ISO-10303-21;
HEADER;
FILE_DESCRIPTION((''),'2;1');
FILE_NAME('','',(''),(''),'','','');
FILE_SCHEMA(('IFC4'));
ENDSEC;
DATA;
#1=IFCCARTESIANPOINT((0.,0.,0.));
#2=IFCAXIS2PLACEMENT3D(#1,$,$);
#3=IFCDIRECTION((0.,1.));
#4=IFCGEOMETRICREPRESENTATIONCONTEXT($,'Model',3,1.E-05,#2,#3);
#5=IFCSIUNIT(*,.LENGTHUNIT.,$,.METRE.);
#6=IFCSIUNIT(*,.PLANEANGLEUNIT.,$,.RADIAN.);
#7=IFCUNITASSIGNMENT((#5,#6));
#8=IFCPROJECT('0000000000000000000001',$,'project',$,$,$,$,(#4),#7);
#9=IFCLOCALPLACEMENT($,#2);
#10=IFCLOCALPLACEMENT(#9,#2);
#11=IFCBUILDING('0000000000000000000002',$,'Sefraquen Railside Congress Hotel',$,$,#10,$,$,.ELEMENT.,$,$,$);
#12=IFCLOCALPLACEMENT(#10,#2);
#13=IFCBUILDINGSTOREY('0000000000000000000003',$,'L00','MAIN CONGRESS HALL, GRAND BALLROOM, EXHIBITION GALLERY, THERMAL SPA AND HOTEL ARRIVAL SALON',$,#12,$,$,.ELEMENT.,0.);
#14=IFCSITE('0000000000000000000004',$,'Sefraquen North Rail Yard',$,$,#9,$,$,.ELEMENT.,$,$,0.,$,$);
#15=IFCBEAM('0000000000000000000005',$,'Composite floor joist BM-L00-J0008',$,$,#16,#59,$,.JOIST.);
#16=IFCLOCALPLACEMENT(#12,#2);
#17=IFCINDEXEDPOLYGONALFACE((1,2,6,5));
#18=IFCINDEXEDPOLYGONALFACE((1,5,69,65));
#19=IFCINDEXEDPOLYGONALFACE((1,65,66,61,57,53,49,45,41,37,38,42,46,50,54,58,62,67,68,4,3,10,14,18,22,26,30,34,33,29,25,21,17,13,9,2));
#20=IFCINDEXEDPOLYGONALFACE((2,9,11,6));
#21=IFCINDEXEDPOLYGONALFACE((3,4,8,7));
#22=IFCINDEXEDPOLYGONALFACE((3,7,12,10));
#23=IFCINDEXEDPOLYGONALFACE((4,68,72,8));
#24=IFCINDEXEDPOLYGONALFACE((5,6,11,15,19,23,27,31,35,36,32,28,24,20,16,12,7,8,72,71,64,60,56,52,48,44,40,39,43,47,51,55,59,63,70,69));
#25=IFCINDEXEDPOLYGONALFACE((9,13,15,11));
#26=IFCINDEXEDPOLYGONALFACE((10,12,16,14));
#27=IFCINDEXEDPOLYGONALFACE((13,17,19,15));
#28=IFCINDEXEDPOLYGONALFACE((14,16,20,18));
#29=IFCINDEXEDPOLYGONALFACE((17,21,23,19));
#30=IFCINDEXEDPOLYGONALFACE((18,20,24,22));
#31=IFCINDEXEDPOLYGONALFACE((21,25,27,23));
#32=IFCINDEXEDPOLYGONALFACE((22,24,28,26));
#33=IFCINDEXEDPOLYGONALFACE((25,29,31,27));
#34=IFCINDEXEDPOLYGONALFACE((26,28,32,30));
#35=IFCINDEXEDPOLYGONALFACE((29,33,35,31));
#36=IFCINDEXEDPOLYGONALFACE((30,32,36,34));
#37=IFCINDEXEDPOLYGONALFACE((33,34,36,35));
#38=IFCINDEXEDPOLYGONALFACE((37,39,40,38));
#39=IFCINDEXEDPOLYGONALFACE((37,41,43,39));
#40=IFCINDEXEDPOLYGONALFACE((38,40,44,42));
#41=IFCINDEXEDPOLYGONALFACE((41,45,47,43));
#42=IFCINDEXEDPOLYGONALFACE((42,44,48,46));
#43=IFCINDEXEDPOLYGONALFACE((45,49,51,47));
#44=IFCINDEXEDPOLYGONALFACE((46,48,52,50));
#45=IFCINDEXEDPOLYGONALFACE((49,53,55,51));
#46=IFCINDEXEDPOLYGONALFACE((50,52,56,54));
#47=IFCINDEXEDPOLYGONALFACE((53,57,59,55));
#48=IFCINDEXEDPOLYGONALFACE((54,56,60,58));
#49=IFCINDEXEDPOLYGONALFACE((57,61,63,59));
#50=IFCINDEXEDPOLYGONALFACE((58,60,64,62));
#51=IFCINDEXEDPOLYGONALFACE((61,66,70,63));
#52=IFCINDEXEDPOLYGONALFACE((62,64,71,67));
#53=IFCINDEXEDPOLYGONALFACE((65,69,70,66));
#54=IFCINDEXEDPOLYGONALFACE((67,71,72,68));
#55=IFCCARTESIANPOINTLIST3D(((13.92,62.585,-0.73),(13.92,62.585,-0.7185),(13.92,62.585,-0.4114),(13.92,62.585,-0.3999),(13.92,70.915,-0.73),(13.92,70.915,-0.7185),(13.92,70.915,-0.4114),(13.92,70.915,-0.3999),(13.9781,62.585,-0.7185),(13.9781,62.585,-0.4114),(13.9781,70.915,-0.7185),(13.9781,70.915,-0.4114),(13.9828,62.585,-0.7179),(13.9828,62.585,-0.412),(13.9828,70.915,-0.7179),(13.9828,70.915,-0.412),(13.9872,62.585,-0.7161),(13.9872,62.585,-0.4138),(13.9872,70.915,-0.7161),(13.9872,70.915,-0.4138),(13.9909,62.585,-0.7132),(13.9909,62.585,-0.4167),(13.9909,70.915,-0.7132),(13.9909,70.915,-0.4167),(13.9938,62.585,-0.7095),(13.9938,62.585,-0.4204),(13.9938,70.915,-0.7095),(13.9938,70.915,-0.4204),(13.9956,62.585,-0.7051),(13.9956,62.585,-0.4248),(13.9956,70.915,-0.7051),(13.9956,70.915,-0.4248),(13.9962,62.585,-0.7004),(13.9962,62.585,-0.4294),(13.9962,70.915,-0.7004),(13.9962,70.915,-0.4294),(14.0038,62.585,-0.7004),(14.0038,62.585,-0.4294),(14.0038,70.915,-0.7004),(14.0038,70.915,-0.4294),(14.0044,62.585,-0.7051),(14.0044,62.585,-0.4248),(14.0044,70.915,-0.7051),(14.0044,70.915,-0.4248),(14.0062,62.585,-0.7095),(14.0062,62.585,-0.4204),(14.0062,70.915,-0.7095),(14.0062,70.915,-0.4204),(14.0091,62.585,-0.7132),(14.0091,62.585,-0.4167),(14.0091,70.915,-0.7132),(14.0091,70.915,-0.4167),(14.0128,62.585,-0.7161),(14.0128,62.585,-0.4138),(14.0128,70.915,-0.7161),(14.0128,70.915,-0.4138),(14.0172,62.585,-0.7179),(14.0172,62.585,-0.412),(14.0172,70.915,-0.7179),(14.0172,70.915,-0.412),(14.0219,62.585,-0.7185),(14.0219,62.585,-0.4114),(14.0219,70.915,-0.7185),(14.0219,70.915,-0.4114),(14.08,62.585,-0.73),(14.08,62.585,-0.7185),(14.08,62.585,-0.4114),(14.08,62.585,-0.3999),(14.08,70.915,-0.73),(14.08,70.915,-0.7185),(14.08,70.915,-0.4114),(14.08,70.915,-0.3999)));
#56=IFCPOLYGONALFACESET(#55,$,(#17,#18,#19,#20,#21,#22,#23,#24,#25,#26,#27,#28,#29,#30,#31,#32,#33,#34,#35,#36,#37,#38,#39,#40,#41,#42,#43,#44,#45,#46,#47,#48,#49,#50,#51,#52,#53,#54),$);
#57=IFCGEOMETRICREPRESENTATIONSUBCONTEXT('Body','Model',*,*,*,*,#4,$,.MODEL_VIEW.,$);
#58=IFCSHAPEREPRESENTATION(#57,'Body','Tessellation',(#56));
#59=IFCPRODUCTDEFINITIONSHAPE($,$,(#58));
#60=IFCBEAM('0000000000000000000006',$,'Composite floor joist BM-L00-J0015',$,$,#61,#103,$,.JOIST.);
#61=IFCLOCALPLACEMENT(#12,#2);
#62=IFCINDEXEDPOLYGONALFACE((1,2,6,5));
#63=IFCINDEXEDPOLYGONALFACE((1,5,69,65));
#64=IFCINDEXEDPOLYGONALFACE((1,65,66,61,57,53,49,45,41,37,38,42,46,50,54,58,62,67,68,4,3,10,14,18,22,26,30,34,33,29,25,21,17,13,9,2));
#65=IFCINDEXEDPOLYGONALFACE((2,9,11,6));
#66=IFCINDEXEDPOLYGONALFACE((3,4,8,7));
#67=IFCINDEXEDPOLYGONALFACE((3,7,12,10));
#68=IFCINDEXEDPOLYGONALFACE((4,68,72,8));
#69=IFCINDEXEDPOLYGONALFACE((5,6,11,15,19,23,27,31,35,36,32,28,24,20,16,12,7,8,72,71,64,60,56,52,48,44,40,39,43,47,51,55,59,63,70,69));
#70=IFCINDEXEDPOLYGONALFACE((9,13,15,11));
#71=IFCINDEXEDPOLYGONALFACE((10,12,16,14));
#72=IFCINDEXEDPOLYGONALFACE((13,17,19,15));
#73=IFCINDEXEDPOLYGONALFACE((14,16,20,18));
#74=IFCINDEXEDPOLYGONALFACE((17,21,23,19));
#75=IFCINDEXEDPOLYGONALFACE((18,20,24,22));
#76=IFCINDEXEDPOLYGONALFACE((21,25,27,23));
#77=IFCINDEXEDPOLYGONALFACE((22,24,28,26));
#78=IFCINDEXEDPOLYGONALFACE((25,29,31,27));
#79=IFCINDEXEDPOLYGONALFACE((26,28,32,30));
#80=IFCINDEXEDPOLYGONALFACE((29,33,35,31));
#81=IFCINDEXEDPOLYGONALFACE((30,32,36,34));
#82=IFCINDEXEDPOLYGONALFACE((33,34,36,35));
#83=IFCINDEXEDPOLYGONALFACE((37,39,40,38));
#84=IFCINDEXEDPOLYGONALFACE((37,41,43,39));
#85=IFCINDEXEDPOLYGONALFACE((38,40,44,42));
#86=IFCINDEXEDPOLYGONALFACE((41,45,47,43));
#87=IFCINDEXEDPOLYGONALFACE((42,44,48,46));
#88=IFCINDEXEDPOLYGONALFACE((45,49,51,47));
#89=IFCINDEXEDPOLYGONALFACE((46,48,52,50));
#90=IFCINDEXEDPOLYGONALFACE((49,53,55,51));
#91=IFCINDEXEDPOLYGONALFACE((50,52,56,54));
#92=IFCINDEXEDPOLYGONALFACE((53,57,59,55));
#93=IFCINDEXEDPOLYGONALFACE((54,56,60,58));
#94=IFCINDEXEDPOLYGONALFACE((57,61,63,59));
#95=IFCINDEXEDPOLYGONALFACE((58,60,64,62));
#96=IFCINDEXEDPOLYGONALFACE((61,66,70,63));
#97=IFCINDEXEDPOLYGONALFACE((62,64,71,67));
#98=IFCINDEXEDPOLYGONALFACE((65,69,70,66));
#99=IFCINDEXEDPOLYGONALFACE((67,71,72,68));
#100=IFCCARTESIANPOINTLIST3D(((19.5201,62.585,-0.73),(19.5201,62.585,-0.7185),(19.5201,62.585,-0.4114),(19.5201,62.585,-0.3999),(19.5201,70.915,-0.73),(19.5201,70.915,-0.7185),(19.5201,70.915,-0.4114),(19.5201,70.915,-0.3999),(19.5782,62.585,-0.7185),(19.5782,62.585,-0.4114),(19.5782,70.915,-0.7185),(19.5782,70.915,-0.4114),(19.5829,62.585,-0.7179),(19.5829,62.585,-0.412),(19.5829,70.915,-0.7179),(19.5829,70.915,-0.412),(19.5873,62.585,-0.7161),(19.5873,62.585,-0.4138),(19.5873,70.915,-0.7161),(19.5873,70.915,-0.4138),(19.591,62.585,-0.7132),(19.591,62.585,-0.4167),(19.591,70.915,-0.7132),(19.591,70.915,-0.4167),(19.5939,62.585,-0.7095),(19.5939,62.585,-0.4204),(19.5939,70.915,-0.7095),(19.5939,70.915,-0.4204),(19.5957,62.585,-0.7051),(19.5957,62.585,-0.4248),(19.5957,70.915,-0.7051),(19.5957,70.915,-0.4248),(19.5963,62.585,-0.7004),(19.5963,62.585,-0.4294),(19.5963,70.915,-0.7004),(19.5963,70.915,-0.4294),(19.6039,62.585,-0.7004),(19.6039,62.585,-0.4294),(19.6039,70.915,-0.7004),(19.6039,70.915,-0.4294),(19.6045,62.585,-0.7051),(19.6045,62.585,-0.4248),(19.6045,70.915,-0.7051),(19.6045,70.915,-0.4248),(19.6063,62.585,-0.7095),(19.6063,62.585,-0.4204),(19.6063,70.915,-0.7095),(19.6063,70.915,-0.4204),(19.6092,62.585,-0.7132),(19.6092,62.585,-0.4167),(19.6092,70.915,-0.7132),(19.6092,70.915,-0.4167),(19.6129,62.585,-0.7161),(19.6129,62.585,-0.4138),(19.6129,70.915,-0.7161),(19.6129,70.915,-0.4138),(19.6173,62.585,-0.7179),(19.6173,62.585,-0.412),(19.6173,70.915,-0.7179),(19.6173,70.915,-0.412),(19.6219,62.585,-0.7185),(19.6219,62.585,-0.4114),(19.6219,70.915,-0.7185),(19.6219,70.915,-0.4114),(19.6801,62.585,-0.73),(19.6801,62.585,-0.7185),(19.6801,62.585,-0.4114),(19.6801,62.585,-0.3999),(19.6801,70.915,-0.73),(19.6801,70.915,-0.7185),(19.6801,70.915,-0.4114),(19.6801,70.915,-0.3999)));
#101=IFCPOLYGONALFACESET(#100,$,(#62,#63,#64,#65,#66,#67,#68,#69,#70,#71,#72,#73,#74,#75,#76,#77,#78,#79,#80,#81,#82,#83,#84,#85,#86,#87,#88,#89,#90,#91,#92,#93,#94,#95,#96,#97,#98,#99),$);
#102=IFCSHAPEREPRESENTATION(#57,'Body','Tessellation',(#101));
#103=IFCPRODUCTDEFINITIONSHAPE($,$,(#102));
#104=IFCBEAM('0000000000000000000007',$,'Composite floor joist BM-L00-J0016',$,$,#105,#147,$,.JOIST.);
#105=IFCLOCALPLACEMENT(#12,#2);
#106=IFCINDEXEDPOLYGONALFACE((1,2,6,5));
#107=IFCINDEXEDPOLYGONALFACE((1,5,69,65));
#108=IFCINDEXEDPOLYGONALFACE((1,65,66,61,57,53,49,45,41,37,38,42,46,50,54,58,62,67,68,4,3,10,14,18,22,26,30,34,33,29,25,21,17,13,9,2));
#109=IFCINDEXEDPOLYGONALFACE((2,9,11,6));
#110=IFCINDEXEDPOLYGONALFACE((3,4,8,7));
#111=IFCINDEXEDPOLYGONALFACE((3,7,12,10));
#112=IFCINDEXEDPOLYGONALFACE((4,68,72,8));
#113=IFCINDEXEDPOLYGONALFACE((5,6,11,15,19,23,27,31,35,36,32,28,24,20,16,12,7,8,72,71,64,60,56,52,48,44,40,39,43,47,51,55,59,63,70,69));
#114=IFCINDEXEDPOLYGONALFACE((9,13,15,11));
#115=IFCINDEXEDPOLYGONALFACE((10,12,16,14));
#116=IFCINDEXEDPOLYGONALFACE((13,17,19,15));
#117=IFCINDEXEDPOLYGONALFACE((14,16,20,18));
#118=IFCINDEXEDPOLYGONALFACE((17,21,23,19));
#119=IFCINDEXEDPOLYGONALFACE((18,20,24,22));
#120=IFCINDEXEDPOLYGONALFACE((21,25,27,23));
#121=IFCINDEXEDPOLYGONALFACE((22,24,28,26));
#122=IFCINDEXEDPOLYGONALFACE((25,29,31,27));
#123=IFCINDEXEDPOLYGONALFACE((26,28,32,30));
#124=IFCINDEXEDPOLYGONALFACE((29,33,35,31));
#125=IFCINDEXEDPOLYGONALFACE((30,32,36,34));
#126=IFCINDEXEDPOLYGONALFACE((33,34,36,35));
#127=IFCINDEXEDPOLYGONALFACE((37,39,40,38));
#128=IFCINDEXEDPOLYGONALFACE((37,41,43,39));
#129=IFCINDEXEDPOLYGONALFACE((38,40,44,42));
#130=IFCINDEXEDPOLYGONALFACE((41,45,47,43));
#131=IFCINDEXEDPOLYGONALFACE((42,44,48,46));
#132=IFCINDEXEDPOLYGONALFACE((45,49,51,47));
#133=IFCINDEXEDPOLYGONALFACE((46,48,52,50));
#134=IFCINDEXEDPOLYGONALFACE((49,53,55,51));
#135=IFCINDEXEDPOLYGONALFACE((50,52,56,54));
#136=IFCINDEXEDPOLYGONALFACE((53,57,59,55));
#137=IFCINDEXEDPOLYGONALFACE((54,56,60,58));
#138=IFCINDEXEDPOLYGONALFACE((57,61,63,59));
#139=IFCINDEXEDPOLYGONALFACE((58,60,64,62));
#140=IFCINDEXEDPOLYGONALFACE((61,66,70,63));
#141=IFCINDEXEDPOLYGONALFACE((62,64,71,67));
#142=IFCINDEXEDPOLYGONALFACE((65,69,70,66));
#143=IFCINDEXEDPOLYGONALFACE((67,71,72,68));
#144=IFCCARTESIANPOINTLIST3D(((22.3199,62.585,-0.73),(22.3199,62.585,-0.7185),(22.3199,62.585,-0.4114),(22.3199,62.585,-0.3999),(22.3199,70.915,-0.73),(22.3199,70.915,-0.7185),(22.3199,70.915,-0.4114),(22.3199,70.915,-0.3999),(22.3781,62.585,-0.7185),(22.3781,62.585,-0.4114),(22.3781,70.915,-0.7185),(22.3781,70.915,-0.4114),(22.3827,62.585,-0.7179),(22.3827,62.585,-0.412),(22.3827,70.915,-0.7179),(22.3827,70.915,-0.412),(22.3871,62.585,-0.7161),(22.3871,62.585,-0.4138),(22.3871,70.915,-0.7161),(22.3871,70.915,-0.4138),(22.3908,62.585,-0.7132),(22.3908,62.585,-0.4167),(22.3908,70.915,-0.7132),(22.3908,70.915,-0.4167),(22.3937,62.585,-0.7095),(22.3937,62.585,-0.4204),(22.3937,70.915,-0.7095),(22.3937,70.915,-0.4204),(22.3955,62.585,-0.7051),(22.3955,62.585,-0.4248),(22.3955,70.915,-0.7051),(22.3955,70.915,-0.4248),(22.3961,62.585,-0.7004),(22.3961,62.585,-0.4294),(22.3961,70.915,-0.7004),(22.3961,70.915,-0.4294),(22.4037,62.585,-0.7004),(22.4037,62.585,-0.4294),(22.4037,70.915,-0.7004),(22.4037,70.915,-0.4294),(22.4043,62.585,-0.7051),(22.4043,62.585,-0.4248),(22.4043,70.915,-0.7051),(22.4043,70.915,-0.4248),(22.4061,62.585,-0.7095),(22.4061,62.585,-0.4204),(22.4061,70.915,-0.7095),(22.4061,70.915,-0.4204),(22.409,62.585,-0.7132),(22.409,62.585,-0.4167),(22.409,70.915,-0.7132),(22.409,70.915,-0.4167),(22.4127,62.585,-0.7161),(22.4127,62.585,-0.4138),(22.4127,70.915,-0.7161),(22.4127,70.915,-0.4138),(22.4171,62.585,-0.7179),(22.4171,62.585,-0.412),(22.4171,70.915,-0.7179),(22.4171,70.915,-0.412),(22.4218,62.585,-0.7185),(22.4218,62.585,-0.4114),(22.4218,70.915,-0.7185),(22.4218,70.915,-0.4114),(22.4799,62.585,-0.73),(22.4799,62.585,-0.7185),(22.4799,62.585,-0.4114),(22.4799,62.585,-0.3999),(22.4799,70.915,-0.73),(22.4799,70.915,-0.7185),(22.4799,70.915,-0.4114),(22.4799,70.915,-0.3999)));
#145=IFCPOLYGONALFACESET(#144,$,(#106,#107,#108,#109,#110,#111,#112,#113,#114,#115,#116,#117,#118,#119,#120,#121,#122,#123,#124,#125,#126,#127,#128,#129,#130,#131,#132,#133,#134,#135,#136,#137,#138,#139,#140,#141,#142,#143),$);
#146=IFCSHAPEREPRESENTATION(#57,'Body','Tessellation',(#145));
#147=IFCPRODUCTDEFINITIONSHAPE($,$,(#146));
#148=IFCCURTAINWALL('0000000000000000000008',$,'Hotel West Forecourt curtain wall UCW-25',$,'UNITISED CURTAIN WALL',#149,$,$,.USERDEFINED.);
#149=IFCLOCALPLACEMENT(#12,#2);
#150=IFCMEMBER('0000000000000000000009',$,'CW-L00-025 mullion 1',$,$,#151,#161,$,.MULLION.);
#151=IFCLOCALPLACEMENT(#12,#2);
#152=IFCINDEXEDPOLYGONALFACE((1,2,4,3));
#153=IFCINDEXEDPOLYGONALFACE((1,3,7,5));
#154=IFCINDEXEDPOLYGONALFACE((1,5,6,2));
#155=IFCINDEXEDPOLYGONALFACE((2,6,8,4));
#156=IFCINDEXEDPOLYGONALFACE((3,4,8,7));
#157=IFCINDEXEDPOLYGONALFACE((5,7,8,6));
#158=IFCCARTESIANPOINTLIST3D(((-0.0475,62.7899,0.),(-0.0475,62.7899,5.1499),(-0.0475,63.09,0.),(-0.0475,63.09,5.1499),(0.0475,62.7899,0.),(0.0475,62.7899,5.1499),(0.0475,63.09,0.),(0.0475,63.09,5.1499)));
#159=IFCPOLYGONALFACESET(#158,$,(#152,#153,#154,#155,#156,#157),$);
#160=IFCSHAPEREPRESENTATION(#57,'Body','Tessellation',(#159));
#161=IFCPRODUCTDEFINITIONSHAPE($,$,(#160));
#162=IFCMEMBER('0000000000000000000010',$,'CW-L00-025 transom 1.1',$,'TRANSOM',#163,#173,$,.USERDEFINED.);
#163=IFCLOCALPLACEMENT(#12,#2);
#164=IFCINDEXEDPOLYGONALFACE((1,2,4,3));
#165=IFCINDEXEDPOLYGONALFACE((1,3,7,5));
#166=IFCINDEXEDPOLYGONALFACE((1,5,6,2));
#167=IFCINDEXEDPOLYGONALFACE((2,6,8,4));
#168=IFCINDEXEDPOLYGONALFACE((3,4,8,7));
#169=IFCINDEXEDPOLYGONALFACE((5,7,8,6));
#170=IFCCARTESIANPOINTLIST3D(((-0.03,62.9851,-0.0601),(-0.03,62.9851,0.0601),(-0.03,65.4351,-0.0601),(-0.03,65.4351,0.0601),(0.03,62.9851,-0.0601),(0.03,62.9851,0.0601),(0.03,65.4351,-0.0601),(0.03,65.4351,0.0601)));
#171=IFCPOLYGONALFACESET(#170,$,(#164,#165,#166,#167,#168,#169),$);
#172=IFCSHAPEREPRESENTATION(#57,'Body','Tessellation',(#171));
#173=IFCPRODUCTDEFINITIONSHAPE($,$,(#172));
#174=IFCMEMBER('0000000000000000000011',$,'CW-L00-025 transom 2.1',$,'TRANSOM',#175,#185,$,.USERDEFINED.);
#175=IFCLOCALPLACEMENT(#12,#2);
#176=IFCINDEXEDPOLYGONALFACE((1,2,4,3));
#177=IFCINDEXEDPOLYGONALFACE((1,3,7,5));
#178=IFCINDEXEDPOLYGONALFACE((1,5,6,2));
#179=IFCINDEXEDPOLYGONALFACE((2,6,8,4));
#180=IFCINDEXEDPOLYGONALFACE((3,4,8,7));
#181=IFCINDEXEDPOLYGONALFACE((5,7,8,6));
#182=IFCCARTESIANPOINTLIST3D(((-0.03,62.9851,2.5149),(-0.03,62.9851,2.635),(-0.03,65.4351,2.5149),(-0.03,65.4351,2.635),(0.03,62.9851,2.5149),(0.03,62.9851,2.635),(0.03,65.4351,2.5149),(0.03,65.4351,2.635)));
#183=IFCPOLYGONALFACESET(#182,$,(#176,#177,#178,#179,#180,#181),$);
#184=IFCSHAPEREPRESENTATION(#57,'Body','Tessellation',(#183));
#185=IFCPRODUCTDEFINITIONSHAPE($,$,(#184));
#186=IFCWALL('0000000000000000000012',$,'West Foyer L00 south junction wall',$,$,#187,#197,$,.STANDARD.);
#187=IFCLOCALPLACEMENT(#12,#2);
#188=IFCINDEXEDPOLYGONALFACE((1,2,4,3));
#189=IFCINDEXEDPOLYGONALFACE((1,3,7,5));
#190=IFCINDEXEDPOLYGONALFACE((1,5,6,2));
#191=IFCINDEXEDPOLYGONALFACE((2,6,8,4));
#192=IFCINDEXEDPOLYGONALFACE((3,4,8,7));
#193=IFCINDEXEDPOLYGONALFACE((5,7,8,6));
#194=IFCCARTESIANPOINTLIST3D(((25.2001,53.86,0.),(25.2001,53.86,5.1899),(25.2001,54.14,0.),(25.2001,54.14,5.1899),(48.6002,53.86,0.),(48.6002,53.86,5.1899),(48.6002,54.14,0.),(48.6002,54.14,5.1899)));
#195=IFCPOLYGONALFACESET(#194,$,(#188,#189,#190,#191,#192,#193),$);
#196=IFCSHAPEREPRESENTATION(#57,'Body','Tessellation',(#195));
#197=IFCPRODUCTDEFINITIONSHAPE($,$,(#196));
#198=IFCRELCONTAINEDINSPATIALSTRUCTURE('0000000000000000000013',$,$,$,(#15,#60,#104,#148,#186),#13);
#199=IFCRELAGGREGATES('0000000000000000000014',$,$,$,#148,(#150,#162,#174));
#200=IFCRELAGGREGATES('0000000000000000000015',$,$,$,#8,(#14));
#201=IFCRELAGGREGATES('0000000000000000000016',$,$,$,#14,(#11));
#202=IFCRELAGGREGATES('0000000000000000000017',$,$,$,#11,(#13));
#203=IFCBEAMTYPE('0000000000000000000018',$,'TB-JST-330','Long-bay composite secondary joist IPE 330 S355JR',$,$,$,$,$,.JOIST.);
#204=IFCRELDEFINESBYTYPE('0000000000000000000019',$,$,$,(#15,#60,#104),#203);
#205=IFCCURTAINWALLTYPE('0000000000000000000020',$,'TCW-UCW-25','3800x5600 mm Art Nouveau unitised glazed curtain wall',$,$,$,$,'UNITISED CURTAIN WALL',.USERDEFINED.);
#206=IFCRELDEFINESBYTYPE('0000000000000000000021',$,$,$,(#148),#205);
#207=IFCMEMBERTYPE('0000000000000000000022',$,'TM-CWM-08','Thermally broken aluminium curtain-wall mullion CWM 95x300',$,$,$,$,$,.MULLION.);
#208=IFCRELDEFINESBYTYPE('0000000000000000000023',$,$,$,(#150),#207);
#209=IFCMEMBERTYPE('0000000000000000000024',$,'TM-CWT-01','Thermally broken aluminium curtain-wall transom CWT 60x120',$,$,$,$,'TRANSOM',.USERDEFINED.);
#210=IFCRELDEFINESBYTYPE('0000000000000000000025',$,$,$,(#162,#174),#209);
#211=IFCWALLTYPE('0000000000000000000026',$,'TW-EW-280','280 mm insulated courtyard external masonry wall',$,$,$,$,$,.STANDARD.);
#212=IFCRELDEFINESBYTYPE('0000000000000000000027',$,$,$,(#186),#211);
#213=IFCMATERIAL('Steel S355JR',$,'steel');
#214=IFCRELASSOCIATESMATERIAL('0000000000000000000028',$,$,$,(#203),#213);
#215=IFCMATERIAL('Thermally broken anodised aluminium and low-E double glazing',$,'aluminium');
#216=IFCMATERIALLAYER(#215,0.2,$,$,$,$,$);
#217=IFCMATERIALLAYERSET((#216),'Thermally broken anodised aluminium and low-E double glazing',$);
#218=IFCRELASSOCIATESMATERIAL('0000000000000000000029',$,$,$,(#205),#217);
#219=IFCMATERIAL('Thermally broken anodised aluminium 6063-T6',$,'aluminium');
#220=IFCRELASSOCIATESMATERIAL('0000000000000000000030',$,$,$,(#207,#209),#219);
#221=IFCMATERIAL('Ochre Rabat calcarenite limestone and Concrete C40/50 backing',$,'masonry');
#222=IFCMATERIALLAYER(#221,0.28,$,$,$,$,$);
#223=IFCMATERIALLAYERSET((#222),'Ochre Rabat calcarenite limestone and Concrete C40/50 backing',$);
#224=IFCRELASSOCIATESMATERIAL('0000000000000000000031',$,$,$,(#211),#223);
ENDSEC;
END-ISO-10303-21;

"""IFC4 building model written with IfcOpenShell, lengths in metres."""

from ifc_helpers import new_model, si_unit, direction, frame, frame_2d, origin, origin_2d, place, context, subcontext, project, spatial, rectangle, i_section, extrude, material, layer, layer_set, material_profile, profile_set, type_object, element, aggregate, save


model = new_model("IFC4")

# Units and contexts
model_context = context("Model", 3, precision=1e-05, world=origin(), true_north=direction((0.0, 1.0)))
body_context = subcontext(model_context, "Body", "Model", "MODEL_VIEW")
ifc_project = project(units=[si_unit("LENGTHUNIT", "METRE"), si_unit("PLANEANGLEUNIT", "RADIAN")], contexts=[model_context])

# Site, building, storey
site_placement = place(None, origin())
site = spatial("IfcSite", under=ifc_project, at=site_placement, Name="Sefraquen North Rail Yard", CompositionType="ELEMENT", RefElevation=0.0)
building_placement = place(site_placement, origin())
building = spatial("IfcBuilding", under=site, at=building_placement, Name="Sefraquen Railside Congress Hotel", CompositionType="ELEMENT")
storey_placement = place(building_placement, origin())
storey = spatial("IfcBuildingStorey", under=building, at=storey_placement, Name="L00", Description="MAIN CONGRESS HALL, GRAND BALLROOM, EXHIBITION GALLERY, THERMAL SPA AND HOTEL ARRIVAL SALON", CompositionType="ELEMENT", Elevation=0.0)

# Shared definitions
ifc_material_1 = material(Name="Steel S355JR", Category="steel")

# Beams
ifc_material_profile_1 = material_profile(ifc_material_1, i_section(OverallWidth=0.1599, OverallDepth=0.3301, WebThickness=0.0076, FlangeThickness=0.0115, FilletRadius=0.0181, at=origin_2d()), Name="IPE 330")
ifc_profile_set_1 = profile_set([ifc_material_profile_1], Name="Steel S355JR")
beam_type_1 = type_object("IfcBeamType", Name="TB-JST-330", Description="Long-bay composite secondary joist IPE 330 S355JR", PredefinedType="JOIST", material=ifc_profile_set_1)
for number, where, z_axis, x_axis, name in (
    (1, (14.0, 62.585, -0.5649), (0.0, 1.0, 0.0), (-1.0, 0.0, 0.0), "Composite floor joist BM-L00-J0008"),
    (2, (19.6001, 62.585, -0.5649), (0.0, 1.0, 0.0), (-1.0, 0.0, 0.0), "Composite floor joist BM-L00-J0015"),
    (3, (22.3999, 62.585, -0.5649), (0.0, 1.0, 0.0), (-1.0, 0.0, 0.0), "Composite floor joist BM-L00-J0016"),
):
    element("IfcBeam", number, at=place(storey_placement, frame(where, z_axis=z_axis, x_axis=x_axis)), inside=storey, type_object=beam_type_1, Name=name, PredefinedType="JOIST", context=body_context, shape_type="SweptSolid", body=[
        extrude(i_section(OverallWidth=0.1599, OverallDepth=0.3301, WebThickness=0.0076, FlangeThickness=0.0115, FilletRadius=0.0181, at=origin_2d()), origin(), (0.0, 0.0, 1.0), 8.3301),
    ])

# Curtain wall, members
ifc_material_2 = material(Name="Thermally broken anodised aluminium and low-E double glazing", Category="aluminium")
ifc_layer_1 = layer(ifc_material_2, 0.2)
ifc_layer_set_1 = layer_set([ifc_layer_1], Name="Thermally broken anodised aluminium and low-E double glazing")
curtain_wall_type = type_object("IfcCurtainWallType", Name="TCW-UCW-25", Description="3800x5600 mm Art Nouveau unitised glazed curtain wall", ElementType="UNITISED CURTAIN WALL", PredefinedType="USERDEFINED", material=ifc_layer_set_1)
curtain_wall_placement = place(storey_placement, origin())
curtain_wall = element("IfcCurtainWall", 4, at=curtain_wall_placement, inside=storey, type_object=curtain_wall_type, Name="Hotel West Forecourt curtain wall UCW-25", ObjectType="UNITISED CURTAIN WALL", PredefinedType="USERDEFINED")
ifc_material_3 = material(Name="Thermally broken anodised aluminium 6063-T6", Category="aluminium")
ifc_material_profile_2 = material_profile(ifc_material_3, rectangle(XDim=0.095, YDim=0.3, at=origin_2d()), Name="CWM 95x300")
ifc_profile_set_2 = profile_set([ifc_material_profile_2], Name="Thermally broken anodised aluminium 6063-T6")
member_type_1 = type_object("IfcMemberType", Name="TM-CWM-08", Description="Thermally broken aluminium curtain-wall mullion CWM 95x300", PredefinedType="MULLION", material=ifc_profile_set_2)
member_1_placement = place(storey_placement, frame((0.0, 62.9399, 0.0), z_axis=(0.0, 0.0, 1.0), x_axis=(1.0, 0.0, 0.0)))
member_1 = element("IfcMember", 5, at=member_1_placement, type_object=member_type_1, Name="CW-L00-025 mullion 1", PredefinedType="MULLION", context=body_context, shape_type="SweptSolid", body=[
    extrude(rectangle(XDim=0.095, YDim=0.3, at=origin_2d()), origin(), (0.0, 0.0, 1.0), 5.1499),
])
ifc_material_profile_3 = material_profile(ifc_material_3, rectangle(XDim=0.0601, YDim=0.1201, at=origin_2d()), Name="CWT 60x120")
ifc_profile_set_3 = profile_set([ifc_material_profile_3], Name="Thermally broken anodised aluminium 6063-T6")
member_type_2 = type_object("IfcMemberType", Name="TM-CWT-01", Description="Thermally broken aluminium curtain-wall transom CWT 60x120", ElementType="TRANSOM", PredefinedType="USERDEFINED", material=ifc_profile_set_3)
member_2_placement = place(storey_placement, frame((0.0, 62.9851, 0.0), z_axis=(0.0, 1.0, 0.0), x_axis=(-1.0, 0.0, 0.0)))
member_2 = element("IfcMember", 6, at=member_2_placement, type_object=member_type_2, Name="CW-L00-025 transom 1.1", ObjectType="TRANSOM", PredefinedType="USERDEFINED", context=body_context, shape_type="SweptSolid", body=[
    extrude(rectangle(XDim=0.0601, YDim=0.1201, at=origin_2d()), origin(), (0.0, 0.0, 1.0), 2.45),
])
member_3_placement = place(storey_placement, frame((0.0, 62.9851, 2.575), z_axis=(0.0, 1.0, 0.0), x_axis=(-1.0, 0.0, 0.0)))
member_3 = element("IfcMember", 7, at=member_3_placement, type_object=member_type_2, Name="CW-L00-025 transom 2.1", ObjectType="TRANSOM", PredefinedType="USERDEFINED", context=body_context, shape_type="SweptSolid", body=[
    extrude(rectangle(XDim=0.0601, YDim=0.1201, at=origin_2d()), origin(), (0.0, 0.0, 1.0), 2.45),
])
aggregate(curtain_wall, [member_1, member_2, member_3])

# Wall
ifc_material_4 = material(Name="Ochre Rabat calcarenite limestone and Concrete C40/50 backing", Category="masonry")
ifc_layer_2 = layer(ifc_material_4, 0.28)
ifc_layer_set_2 = layer_set([ifc_layer_2], Name="Ochre Rabat calcarenite limestone and Concrete C40/50 backing")
wall_type_1 = type_object("IfcWallType", Name="TW-EW-280", Description="280 mm insulated courtyard external masonry wall", PredefinedType="STANDARD", material=ifc_layer_set_2)
wall_1_placement = place(storey_placement, frame((25.2, 54.0, 0.0), z_axis=(0.0, 0.0, 1.0), x_axis=(1.0, 0.0, 0.0)))
element("IfcWall", 8, at=wall_1_placement, inside=storey, type_object=wall_type_1, Name="West Foyer L00 south junction wall", PredefinedType="STANDARD", context=body_context, shape_type="SweptSolid", body=[
    extrude(rectangle(XDim=23.4001, YDim=0.28, at=frame_2d((11.7002, 0.0))), origin(), (0.0, 0.0, 1.0), 5.1899),
])

save(model, "model.ifc")
